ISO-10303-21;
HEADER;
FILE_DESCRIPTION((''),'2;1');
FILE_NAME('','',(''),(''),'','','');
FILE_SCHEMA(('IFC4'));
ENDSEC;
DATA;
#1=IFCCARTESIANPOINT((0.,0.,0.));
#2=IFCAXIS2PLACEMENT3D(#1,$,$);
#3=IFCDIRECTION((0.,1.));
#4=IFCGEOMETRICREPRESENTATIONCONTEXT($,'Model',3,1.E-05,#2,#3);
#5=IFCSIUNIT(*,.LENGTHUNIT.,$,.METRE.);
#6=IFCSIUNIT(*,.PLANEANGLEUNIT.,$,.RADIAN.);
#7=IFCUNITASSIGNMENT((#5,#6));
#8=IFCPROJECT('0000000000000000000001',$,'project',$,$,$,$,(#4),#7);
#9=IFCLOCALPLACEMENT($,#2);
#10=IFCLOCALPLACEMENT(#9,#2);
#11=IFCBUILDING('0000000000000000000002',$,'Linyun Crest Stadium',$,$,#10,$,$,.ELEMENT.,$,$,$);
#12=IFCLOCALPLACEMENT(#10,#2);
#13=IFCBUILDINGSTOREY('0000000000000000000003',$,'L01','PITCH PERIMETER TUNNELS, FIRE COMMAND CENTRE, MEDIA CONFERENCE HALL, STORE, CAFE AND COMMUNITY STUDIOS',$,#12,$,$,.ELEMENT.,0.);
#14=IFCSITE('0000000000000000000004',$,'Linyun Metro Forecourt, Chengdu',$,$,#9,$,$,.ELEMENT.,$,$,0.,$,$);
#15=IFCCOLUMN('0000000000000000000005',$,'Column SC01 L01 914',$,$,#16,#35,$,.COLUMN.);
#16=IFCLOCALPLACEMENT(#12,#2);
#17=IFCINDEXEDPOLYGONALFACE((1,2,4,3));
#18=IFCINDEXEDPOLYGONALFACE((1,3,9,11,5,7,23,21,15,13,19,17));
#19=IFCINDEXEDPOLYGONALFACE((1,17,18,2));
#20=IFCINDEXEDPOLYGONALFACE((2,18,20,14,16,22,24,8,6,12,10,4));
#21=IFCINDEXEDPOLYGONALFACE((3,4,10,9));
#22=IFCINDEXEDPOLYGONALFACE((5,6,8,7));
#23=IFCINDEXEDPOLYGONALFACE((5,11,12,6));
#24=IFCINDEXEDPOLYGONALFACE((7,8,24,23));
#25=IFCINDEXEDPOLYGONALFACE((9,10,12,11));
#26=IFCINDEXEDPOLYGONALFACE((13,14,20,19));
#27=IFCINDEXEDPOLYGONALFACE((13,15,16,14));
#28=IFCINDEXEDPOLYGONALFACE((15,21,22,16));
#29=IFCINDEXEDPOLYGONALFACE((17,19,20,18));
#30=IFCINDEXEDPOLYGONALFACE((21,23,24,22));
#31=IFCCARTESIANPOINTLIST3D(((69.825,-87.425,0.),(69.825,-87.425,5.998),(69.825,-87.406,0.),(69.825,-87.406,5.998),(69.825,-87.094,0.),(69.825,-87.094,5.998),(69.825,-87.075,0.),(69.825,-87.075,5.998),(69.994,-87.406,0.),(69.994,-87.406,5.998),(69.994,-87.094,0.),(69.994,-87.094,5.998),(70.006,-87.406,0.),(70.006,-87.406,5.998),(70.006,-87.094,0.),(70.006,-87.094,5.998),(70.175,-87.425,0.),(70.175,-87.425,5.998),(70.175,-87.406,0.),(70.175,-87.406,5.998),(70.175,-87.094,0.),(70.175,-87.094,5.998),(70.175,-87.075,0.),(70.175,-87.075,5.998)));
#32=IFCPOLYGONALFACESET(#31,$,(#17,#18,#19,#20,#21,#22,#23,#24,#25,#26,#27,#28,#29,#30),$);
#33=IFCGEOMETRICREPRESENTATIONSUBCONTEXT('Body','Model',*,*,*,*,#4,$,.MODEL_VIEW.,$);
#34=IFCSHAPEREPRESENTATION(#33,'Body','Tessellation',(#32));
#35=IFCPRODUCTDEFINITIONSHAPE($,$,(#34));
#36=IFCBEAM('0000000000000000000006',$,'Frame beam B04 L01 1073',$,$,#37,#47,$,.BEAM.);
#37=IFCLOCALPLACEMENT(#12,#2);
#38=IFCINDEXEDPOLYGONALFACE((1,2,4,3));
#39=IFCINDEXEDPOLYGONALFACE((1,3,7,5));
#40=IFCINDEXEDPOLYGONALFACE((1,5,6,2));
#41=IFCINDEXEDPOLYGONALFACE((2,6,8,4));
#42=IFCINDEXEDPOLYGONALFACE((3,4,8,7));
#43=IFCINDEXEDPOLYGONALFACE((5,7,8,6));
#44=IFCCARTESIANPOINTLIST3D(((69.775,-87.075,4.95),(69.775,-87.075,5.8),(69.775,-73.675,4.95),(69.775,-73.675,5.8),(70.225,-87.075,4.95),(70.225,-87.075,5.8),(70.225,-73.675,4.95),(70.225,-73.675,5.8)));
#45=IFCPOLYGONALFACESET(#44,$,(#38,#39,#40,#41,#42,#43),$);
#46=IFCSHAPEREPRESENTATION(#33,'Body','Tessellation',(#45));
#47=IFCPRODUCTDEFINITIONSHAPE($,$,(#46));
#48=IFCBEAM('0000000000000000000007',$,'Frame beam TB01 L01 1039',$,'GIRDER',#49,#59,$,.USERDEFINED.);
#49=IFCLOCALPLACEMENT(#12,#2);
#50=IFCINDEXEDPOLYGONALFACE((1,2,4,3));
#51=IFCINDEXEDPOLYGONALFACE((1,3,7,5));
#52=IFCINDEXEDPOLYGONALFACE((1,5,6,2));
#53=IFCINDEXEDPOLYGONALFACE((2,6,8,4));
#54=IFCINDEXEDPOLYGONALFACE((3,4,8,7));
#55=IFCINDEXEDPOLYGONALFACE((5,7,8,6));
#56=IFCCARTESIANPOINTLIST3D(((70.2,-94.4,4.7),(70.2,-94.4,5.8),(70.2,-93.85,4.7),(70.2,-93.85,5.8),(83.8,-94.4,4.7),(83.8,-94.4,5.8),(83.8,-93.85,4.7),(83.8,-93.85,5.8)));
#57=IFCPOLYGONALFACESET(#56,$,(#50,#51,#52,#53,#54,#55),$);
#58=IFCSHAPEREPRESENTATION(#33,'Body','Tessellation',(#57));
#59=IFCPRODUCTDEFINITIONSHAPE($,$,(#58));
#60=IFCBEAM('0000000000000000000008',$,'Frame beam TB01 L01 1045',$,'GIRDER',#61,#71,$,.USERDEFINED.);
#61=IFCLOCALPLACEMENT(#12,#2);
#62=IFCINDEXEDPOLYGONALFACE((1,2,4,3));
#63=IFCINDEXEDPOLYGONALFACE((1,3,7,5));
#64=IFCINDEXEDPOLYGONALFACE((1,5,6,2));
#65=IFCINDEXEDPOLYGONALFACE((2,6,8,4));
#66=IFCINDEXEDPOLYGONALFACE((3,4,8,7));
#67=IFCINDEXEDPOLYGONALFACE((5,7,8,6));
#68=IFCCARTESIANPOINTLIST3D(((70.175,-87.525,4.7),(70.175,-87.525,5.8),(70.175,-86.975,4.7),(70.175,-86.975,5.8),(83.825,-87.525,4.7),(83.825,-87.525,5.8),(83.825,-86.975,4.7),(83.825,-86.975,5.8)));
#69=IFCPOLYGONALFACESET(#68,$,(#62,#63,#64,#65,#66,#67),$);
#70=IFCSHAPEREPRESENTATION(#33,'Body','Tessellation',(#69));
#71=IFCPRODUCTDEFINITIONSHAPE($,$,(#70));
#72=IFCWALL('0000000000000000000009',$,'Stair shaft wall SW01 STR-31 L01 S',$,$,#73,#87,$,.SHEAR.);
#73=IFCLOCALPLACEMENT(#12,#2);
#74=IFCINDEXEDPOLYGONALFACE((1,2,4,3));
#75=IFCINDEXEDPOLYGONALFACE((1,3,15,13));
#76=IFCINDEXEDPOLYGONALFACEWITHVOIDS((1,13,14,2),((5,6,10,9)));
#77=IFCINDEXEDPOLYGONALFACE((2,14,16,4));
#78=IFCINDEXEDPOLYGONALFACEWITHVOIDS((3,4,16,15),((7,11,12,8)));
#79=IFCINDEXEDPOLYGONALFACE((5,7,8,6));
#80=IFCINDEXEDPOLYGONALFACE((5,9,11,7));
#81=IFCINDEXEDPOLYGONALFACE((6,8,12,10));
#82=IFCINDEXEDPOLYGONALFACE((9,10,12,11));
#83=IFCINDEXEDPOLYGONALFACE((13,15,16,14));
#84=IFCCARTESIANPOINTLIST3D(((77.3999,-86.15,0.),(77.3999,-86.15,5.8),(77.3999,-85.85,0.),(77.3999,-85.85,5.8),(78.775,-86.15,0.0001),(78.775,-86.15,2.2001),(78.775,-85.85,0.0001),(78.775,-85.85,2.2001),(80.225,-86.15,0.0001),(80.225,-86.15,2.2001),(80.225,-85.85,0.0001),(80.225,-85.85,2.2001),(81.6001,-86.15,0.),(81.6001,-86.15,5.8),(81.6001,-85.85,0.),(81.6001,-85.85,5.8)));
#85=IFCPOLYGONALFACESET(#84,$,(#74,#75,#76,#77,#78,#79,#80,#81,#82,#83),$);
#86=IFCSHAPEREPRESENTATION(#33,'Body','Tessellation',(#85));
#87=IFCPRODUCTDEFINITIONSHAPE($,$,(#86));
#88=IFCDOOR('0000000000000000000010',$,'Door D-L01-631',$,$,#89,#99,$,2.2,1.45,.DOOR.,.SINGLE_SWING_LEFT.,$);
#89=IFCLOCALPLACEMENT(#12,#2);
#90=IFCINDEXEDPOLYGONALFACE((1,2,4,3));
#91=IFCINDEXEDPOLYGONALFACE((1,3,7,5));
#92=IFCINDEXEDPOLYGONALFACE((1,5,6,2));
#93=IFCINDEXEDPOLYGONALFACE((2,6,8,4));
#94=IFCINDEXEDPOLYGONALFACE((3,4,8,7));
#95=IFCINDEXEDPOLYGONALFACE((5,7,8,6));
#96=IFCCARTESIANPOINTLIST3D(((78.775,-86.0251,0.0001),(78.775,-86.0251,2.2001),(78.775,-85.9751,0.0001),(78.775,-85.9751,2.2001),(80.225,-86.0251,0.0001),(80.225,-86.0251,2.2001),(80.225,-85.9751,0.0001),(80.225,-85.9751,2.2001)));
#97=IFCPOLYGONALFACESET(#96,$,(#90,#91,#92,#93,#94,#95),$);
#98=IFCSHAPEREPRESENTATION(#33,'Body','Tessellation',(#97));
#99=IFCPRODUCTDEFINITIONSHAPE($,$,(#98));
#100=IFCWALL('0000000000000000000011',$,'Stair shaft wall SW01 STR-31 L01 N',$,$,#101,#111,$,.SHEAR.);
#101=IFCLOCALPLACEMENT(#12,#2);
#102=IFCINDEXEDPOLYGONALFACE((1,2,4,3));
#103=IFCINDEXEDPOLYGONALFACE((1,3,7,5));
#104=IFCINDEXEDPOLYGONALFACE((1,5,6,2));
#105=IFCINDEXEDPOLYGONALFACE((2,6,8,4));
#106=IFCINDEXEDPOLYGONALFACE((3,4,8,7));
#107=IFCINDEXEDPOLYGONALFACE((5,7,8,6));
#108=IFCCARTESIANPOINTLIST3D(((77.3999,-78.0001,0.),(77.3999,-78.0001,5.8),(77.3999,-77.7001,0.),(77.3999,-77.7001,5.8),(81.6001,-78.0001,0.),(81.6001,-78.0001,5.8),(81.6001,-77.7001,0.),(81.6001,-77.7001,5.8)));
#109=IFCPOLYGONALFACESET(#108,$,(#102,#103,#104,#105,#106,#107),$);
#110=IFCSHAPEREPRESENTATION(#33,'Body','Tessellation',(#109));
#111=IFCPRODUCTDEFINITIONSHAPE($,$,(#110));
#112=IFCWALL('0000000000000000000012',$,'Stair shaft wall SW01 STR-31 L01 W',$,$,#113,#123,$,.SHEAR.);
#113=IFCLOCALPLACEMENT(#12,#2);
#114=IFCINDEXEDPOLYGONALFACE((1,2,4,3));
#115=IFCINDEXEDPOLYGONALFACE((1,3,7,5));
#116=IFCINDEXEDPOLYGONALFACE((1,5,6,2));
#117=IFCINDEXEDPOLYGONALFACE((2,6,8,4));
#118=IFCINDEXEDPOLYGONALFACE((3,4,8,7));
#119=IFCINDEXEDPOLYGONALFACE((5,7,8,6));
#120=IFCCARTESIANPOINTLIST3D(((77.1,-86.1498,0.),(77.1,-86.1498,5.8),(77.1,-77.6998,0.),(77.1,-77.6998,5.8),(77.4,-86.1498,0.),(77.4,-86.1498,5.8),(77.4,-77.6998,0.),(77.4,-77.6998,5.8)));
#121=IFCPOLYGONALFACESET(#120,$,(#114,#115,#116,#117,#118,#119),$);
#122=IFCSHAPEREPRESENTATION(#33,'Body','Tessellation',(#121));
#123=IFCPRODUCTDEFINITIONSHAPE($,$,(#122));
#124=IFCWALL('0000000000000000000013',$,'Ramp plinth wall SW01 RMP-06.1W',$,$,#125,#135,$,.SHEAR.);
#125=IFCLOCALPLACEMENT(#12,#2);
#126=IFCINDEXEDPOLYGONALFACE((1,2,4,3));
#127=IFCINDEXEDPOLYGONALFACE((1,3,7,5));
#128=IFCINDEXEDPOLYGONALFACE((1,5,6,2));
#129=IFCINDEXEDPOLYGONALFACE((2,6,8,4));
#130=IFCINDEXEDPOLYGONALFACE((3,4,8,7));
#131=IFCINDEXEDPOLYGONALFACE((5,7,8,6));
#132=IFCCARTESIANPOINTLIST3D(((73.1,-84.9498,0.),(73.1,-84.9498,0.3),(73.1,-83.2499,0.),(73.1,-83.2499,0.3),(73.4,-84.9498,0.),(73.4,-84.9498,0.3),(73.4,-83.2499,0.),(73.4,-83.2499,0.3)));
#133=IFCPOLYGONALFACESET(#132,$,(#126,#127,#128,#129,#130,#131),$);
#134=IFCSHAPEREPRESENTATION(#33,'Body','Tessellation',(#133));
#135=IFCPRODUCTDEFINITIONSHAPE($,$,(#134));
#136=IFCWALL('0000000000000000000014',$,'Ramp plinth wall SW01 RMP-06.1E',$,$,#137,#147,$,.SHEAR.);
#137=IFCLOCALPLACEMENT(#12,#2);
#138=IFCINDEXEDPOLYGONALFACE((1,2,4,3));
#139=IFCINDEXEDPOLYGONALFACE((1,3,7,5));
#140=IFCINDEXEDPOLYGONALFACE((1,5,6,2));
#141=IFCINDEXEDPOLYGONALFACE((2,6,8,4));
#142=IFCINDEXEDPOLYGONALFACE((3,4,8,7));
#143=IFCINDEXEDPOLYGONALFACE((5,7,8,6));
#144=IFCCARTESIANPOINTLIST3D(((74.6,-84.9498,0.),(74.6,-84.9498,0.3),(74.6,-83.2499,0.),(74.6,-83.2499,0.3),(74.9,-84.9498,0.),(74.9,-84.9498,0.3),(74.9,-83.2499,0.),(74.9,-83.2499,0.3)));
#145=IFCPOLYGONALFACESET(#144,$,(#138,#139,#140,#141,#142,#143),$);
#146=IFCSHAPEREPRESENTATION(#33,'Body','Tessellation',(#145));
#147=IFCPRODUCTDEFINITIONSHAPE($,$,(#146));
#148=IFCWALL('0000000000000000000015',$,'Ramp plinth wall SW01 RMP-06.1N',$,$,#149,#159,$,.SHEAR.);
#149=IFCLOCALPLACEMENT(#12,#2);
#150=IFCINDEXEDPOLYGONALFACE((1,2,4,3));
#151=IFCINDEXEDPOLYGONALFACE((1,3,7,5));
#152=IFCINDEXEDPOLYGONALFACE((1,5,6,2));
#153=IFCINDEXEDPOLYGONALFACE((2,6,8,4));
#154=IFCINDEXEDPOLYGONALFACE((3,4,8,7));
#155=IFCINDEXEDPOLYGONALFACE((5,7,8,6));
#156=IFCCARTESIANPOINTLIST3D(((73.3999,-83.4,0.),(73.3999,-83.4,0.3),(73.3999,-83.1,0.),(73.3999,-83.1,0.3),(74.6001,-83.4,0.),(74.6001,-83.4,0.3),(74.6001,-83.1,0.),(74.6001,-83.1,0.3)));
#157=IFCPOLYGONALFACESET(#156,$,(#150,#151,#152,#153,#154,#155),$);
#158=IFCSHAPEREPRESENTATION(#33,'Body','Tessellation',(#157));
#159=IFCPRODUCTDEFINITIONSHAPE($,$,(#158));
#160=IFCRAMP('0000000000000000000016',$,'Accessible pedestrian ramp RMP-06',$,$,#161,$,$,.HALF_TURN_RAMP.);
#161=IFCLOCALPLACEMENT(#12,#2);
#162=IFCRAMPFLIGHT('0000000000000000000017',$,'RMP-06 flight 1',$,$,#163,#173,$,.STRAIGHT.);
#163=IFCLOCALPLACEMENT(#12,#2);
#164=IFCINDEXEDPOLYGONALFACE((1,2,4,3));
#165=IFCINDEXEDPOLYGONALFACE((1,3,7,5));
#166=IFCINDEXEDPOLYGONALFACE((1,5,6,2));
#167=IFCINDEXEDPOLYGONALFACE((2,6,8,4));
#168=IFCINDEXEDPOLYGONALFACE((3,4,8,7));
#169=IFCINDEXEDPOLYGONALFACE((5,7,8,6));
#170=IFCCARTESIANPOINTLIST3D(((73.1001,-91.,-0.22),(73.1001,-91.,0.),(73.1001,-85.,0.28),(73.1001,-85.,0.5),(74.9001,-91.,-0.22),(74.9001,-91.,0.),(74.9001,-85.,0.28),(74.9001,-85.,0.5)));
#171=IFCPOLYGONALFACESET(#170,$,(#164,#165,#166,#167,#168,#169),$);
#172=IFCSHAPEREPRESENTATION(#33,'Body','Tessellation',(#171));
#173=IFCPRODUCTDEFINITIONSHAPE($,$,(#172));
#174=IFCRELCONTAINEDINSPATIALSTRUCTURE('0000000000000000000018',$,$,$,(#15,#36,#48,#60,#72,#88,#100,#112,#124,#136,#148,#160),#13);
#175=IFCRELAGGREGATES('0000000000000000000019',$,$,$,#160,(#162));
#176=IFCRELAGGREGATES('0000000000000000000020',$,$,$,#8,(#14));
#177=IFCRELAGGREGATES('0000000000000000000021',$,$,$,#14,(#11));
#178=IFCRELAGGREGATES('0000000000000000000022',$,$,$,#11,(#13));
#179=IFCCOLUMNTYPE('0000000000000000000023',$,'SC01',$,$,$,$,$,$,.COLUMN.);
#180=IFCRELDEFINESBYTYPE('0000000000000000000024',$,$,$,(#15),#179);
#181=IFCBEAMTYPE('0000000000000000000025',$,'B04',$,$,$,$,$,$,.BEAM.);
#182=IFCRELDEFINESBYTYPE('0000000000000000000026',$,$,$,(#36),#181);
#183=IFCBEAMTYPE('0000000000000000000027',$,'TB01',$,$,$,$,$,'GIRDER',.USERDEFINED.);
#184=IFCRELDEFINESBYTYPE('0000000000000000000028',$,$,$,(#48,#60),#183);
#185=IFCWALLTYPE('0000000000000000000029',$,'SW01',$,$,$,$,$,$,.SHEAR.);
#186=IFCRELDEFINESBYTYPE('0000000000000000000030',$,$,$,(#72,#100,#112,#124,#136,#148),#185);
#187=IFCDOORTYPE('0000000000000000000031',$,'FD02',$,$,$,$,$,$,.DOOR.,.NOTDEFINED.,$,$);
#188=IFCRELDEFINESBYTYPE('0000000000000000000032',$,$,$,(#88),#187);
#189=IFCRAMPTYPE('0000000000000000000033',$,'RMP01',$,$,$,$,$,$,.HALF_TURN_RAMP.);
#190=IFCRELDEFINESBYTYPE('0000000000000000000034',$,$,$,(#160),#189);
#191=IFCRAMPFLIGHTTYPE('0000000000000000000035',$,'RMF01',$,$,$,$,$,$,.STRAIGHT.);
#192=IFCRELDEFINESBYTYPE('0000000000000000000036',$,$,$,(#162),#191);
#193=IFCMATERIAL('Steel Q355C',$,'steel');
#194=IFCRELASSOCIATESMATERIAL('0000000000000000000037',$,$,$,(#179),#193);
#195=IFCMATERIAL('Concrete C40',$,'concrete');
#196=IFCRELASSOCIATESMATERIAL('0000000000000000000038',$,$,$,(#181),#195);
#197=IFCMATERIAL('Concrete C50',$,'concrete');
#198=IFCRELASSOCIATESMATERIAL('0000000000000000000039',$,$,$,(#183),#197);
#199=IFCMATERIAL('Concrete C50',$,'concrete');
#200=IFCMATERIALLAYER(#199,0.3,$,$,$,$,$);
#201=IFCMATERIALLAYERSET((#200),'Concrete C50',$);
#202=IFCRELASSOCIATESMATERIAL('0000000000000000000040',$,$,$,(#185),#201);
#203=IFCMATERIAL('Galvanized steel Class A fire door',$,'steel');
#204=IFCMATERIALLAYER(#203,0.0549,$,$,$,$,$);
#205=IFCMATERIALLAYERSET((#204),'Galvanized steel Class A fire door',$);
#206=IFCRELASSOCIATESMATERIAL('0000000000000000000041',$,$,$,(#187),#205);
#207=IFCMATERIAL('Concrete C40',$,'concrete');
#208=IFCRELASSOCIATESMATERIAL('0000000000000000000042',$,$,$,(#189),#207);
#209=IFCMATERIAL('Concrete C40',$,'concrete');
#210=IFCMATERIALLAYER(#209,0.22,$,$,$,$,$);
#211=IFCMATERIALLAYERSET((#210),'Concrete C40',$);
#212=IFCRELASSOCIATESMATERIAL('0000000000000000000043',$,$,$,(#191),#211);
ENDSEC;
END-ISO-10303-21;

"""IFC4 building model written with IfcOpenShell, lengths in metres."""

from ifc_helpers import new_model, si_unit, direction, frame, frame_2d, origin, origin_2d, place, context, subcontext, project, spatial, polyline, rectangle, i_section, outline, extrude, material, layer, layer_set, material_profile, profile_set, type_object, element, fill, aggregate, save


model = new_model("IFC4")

# Units and contexts
model_context = context("Model", 3, precision=1e-05, world=origin(), true_north=direction((0.0, 1.0)))
body_context = subcontext(model_context, "Body", "Model", "MODEL_VIEW")
ifc_project = project(units=[si_unit("LENGTHUNIT", "METRE"), si_unit("PLANEANGLEUNIT", "RADIAN")], contexts=[model_context])

# Site, building, storey
site_placement = place(None, origin())
site = spatial("IfcSite", under=ifc_project, at=site_placement, Name="Linyun Metro Forecourt, Chengdu", CompositionType="ELEMENT", RefElevation=0.0)
building_placement = place(site_placement, origin())
building = spatial("IfcBuilding", under=site, at=building_placement, Name="Linyun Crest Stadium", CompositionType="ELEMENT")
storey_placement = place(building_placement, origin())
storey = spatial("IfcBuildingStorey", under=building, at=storey_placement, Name="L01", Description="PITCH PERIMETER TUNNELS, FIRE COMMAND CENTRE, MEDIA CONFERENCE HALL, STORE, CAFE AND COMMUNITY STUDIOS", CompositionType="ELEMENT", Elevation=0.0)

# Column
ifc_material_1 = material(Name="Steel Q355C", Category="steel")
ifc_material_profile_1 = material_profile(ifc_material_1, i_section(OverallWidth=0.3501, OverallDepth=0.3501, WebThickness=0.012, FlangeThickness=0.019, at=origin_2d()), Name="HW 350x350")
ifc_profile_set_1 = profile_set([ifc_material_profile_1], Name="Steel Q355C")
column_type = type_object("IfcColumnType", Name="SC01", PredefinedType="COLUMN", material=ifc_profile_set_1)
column_placement = place(storey_placement, frame((70.0, -87.25, 0.0), z_axis=(0.0, 0.0, 1.0), x_axis=(1.0, 0.0, 0.0)))
element("IfcColumn", 1, at=column_placement, inside=storey, type_object=column_type, Name="Column SC01 L01 914", PredefinedType="COLUMN", context=body_context, shape_type="SweptSolid", body=[
    extrude(i_section(OverallWidth=0.3501, OverallDepth=0.3501, WebThickness=0.012, FlangeThickness=0.019, at=origin_2d()), origin(), (0.0, 0.0, 1.0), 5.998),
])

# Beams
ifc_material_2 = material(Name="Concrete C40", Category="concrete")
ifc_material_profile_2 = material_profile(ifc_material_2, rectangle(XDim=0.45, YDim=0.8501, at=origin_2d()), Name="RCB 850x450")
ifc_profile_set_2 = profile_set([ifc_material_profile_2], Name="Concrete C40")
beam_type_1 = type_object("IfcBeamType", Name="B04", PredefinedType="BEAM", material=ifc_profile_set_2)
beam_1_placement = place(storey_placement, frame((70.0, -87.075, 5.375), z_axis=(0.0, 1.0, 0.0), x_axis=(-1.0, 0.0, 0.0)))
element("IfcBeam", 2, at=beam_1_placement, inside=storey, type_object=beam_type_1, Name="Frame beam B04 L01 1073", PredefinedType="BEAM", context=body_context, shape_type="SweptSolid", body=[
    extrude(rectangle(XDim=0.45, YDim=0.8501, at=origin_2d()), origin(), (0.0, 0.0, 1.0), 13.3999),
])
ifc_material_3 = material(Name="Concrete C50", Category="concrete")
ifc_material_profile_3 = material_profile(ifc_material_3, rectangle(XDim=0.55, YDim=1.1001, at=origin_2d()), Name="RCB 1100x550")
ifc_profile_set_3 = profile_set([ifc_material_profile_3], Name="Concrete C50")
beam_type_2 = type_object("IfcBeamType", Name="TB01", ElementType="GIRDER", PredefinedType="USERDEFINED", material=ifc_profile_set_3)
beam_2_placement = place(storey_placement, frame((70.2, -94.125, 5.25), z_axis=(1.0, 0.0, 0.0), x_axis=(0.0, 1.0, 0.0)))
element("IfcBeam", 3, at=beam_2_placement, inside=storey, type_object=beam_type_2, Name="Frame beam TB01 L01 1039", ObjectType="GIRDER", PredefinedType="USERDEFINED", context=body_context, shape_type="SweptSolid", body=[
    extrude(rectangle(XDim=0.55, YDim=1.1001, at=origin_2d()), origin(), (0.0, 0.0, 1.0), 13.6001),
])
beam_3_placement = place(storey_placement, frame((70.175, -87.25, 5.25), z_axis=(1.0, 0.0, 0.0), x_axis=(0.0, 1.0, 0.0)))
element("IfcBeam", 4, at=beam_3_placement, inside=storey, type_object=beam_type_2, Name="Frame beam TB01 L01 1045", ObjectType="GIRDER", PredefinedType="USERDEFINED", context=body_context, shape_type="SweptSolid", body=[
    extrude(rectangle(XDim=0.55, YDim=1.1001, at=origin_2d()), origin(), (0.0, 0.0, 1.0), 13.6499),
])

# Wall, opening, door
ifc_material_4 = material(Name="Concrete C50", Category="concrete")
ifc_layer_1 = layer(ifc_material_4, 0.3)
ifc_layer_set_1 = layer_set([ifc_layer_1], Name="Concrete C50")
wall_type = type_object("IfcWallType", Name="SW01", PredefinedType="SHEAR", material=ifc_layer_set_1)
wall_1_placement = place(storey_placement, frame((77.3999, -86.0, 0.0), z_axis=(0.0, 0.0, 1.0), x_axis=(1.0, 0.0, 0.0)))
wall_1 = element("IfcWall", 5, at=wall_1_placement, inside=storey, type_object=wall_type, Name="Stair shaft wall SW01 STR-31 L01 S", PredefinedType="SHEAR", context=body_context, shape_type="SweptSolid", body=[
    extrude(rectangle(XDim=4.2002, YDim=0.3, at=frame_2d((2.1001, 0.0))), origin(), (0.0, 0.0, 1.0), 5.8),
])
opening_placement = place(wall_1_placement, frame((1.375, 0.0, 0.0)))
opening = element("IfcOpeningElement", 6, at=opening_placement, cuts=wall_1, PredefinedType="OPENING", context=body_context, shape_type="SweptSolid", body=[
    extrude(rectangle(XDim=1.45, YDim=2.2, at=frame_2d((0.7251, 1.1001))), frame((0.0, 0.1599, 0.0), z_axis=(0.0, -1.0, 0.0), x_axis=(1.0, 0.0, 0.0)), (0.0, 0.0, 1.0), 0.3201),
])
ifc_material_5 = material(Name="Galvanized steel Class A fire door", Category="steel")
ifc_layer_2 = layer(ifc_material_5, 0.0549)
ifc_layer_set_2 = layer_set([ifc_layer_2], Name="Galvanized steel Class A fire door")
door_type = type_object("IfcDoorType", Name="FD02", OperationType="NOTDEFINED", PredefinedType="DOOR", material=ifc_layer_set_2)
door_placement = place(opening_placement, origin())
door = element("IfcDoor", 7, at=door_placement, inside=storey, type_object=door_type, Name="Door D-L01-631", OperationType="SINGLE_SWING_LEFT", OverallHeight=2.2, OverallWidth=1.45, PredefinedType="DOOR", context=body_context, shape_type="SweptSolid", body=[
    extrude(rectangle(XDim=1.45, YDim=2.2, at=frame_2d((0.7251, 1.1001))), frame((0.0, 0.0249, 0.0), z_axis=(0.0, -1.0, 0.0), x_axis=(1.0, 0.0, 0.0)), (0.0, 0.0, 1.0), 0.05),
])
fill(opening, door)

# Walls
wall_2_placement = place(storey_placement, frame((77.3999, -77.8501, 0.0), z_axis=(0.0, 0.0, 1.0), x_axis=(1.0, 0.0, 0.0)))
element("IfcWall", 8, at=wall_2_placement, inside=storey, type_object=wall_type, Name="Stair shaft wall SW01 STR-31 L01 N", PredefinedType="SHEAR", context=body_context, shape_type="SweptSolid", body=[
    extrude(rectangle(XDim=4.2002, YDim=0.3, at=frame_2d((2.1001, 0.0))), origin(), (0.0, 0.0, 1.0), 5.8),
])
wall_3_placement = place(storey_placement, frame((77.25, -86.1499, 0.0), z_axis=(0.0, 0.0, 1.0), x_axis=(0.0, 1.0, 0.0)))
element("IfcWall", 9, at=wall_3_placement, inside=storey, type_object=wall_type, Name="Stair shaft wall SW01 STR-31 L01 W", PredefinedType="SHEAR", context=body_context, shape_type="SweptSolid", body=[
    extrude(rectangle(XDim=8.45, YDim=0.3, at=frame_2d((4.2251, 0.0))), origin(), (0.0, 0.0, 1.0), 5.8),
])
for number, where, z_axis, x_axis, name in (
    (10, (73.25, -84.95, 0.0), (0.0, 0.0, 1.0), (0.0, 1.0, 0.0), "Ramp plinth wall SW01 RMP-06.1W"),
    (11, (74.75, -84.95, 0.0), (0.0, 0.0, 1.0), (0.0, 1.0, 0.0), "Ramp plinth wall SW01 RMP-06.1E"),
):
    element("IfcWall", number, at=place(storey_placement, frame(where, z_axis=z_axis, x_axis=x_axis)), inside=storey, type_object=wall_type, Name=name, PredefinedType="SHEAR", context=body_context, shape_type="SweptSolid", body=[
        extrude(rectangle(XDim=1.7, YDim=0.3, at=frame_2d((0.8501, 0.0))), origin(), (0.0, 0.0, 1.0), 0.3),
    ])
wall_4_placement = place(storey_placement, frame((73.3999, -83.25, 0.0), z_axis=(0.0, 0.0, 1.0), x_axis=(1.0, 0.0, 0.0)))
element("IfcWall", 12, at=wall_4_placement, inside=storey, type_object=wall_type, Name="Ramp plinth wall SW01 RMP-06.1N", PredefinedType="SHEAR", context=body_context, shape_type="SweptSolid", body=[
    extrude(rectangle(XDim=1.2002, YDim=0.3, at=frame_2d((0.6001, 0.0))), origin(), (0.0, 0.0, 1.0), 0.3),
])

# Ramp, ramp flight
ifc_material_6 = material(Name="Concrete C40", Category="concrete")
ramp_type = type_object("IfcRampType", Name="RMP01", PredefinedType="HALF_TURN_RAMP", material=ifc_material_6)
ramp_placement = place(storey_placement, origin())
ramp = element("IfcRamp", 13, at=ramp_placement, inside=storey, type_object=ramp_type, Name="Accessible pedestrian ramp RMP-06", PredefinedType="HALF_TURN_RAMP")
ifc_material_7 = material(Name="Concrete C40", Category="concrete")
ifc_layer_3 = layer(ifc_material_7, 0.22)
ifc_layer_set_3 = layer_set([ifc_layer_3], Name="Concrete C40")
ramp_flight_type = type_object("IfcRampFlightType", Name="RMF01", PredefinedType="STRAIGHT", material=ifc_layer_set_3)
ramp_flight_1_placement = place(storey_placement, frame((74.0, -91.0, 0.0), z_axis=(0.0, 0.0, 1.0), x_axis=(0.0, 1.0, 0.0)))
ramp_flight_1 = element("IfcRampFlight", 14, at=ramp_flight_1_placement, type_object=ramp_flight_type, Name="RMP-06 flight 1", PredefinedType="STRAIGHT", context=body_context, shape_type="SweptSolid", body=[
    extrude(outline(polyline([(0.0, 0.0), (6.0, 0.5), (6.0, 0.28), (0.0, -0.22), (0.0, 0.0)])), frame((0.0, 0.8999, 0.0), z_axis=(0.0, -1.0, 0.0), x_axis=(1.0, 0.0, 0.0)), (0.0, 0.0, 1.0), 1.8),
])
aggregate(ramp, [ramp_flight_1])

save(model, "model.ifc")
